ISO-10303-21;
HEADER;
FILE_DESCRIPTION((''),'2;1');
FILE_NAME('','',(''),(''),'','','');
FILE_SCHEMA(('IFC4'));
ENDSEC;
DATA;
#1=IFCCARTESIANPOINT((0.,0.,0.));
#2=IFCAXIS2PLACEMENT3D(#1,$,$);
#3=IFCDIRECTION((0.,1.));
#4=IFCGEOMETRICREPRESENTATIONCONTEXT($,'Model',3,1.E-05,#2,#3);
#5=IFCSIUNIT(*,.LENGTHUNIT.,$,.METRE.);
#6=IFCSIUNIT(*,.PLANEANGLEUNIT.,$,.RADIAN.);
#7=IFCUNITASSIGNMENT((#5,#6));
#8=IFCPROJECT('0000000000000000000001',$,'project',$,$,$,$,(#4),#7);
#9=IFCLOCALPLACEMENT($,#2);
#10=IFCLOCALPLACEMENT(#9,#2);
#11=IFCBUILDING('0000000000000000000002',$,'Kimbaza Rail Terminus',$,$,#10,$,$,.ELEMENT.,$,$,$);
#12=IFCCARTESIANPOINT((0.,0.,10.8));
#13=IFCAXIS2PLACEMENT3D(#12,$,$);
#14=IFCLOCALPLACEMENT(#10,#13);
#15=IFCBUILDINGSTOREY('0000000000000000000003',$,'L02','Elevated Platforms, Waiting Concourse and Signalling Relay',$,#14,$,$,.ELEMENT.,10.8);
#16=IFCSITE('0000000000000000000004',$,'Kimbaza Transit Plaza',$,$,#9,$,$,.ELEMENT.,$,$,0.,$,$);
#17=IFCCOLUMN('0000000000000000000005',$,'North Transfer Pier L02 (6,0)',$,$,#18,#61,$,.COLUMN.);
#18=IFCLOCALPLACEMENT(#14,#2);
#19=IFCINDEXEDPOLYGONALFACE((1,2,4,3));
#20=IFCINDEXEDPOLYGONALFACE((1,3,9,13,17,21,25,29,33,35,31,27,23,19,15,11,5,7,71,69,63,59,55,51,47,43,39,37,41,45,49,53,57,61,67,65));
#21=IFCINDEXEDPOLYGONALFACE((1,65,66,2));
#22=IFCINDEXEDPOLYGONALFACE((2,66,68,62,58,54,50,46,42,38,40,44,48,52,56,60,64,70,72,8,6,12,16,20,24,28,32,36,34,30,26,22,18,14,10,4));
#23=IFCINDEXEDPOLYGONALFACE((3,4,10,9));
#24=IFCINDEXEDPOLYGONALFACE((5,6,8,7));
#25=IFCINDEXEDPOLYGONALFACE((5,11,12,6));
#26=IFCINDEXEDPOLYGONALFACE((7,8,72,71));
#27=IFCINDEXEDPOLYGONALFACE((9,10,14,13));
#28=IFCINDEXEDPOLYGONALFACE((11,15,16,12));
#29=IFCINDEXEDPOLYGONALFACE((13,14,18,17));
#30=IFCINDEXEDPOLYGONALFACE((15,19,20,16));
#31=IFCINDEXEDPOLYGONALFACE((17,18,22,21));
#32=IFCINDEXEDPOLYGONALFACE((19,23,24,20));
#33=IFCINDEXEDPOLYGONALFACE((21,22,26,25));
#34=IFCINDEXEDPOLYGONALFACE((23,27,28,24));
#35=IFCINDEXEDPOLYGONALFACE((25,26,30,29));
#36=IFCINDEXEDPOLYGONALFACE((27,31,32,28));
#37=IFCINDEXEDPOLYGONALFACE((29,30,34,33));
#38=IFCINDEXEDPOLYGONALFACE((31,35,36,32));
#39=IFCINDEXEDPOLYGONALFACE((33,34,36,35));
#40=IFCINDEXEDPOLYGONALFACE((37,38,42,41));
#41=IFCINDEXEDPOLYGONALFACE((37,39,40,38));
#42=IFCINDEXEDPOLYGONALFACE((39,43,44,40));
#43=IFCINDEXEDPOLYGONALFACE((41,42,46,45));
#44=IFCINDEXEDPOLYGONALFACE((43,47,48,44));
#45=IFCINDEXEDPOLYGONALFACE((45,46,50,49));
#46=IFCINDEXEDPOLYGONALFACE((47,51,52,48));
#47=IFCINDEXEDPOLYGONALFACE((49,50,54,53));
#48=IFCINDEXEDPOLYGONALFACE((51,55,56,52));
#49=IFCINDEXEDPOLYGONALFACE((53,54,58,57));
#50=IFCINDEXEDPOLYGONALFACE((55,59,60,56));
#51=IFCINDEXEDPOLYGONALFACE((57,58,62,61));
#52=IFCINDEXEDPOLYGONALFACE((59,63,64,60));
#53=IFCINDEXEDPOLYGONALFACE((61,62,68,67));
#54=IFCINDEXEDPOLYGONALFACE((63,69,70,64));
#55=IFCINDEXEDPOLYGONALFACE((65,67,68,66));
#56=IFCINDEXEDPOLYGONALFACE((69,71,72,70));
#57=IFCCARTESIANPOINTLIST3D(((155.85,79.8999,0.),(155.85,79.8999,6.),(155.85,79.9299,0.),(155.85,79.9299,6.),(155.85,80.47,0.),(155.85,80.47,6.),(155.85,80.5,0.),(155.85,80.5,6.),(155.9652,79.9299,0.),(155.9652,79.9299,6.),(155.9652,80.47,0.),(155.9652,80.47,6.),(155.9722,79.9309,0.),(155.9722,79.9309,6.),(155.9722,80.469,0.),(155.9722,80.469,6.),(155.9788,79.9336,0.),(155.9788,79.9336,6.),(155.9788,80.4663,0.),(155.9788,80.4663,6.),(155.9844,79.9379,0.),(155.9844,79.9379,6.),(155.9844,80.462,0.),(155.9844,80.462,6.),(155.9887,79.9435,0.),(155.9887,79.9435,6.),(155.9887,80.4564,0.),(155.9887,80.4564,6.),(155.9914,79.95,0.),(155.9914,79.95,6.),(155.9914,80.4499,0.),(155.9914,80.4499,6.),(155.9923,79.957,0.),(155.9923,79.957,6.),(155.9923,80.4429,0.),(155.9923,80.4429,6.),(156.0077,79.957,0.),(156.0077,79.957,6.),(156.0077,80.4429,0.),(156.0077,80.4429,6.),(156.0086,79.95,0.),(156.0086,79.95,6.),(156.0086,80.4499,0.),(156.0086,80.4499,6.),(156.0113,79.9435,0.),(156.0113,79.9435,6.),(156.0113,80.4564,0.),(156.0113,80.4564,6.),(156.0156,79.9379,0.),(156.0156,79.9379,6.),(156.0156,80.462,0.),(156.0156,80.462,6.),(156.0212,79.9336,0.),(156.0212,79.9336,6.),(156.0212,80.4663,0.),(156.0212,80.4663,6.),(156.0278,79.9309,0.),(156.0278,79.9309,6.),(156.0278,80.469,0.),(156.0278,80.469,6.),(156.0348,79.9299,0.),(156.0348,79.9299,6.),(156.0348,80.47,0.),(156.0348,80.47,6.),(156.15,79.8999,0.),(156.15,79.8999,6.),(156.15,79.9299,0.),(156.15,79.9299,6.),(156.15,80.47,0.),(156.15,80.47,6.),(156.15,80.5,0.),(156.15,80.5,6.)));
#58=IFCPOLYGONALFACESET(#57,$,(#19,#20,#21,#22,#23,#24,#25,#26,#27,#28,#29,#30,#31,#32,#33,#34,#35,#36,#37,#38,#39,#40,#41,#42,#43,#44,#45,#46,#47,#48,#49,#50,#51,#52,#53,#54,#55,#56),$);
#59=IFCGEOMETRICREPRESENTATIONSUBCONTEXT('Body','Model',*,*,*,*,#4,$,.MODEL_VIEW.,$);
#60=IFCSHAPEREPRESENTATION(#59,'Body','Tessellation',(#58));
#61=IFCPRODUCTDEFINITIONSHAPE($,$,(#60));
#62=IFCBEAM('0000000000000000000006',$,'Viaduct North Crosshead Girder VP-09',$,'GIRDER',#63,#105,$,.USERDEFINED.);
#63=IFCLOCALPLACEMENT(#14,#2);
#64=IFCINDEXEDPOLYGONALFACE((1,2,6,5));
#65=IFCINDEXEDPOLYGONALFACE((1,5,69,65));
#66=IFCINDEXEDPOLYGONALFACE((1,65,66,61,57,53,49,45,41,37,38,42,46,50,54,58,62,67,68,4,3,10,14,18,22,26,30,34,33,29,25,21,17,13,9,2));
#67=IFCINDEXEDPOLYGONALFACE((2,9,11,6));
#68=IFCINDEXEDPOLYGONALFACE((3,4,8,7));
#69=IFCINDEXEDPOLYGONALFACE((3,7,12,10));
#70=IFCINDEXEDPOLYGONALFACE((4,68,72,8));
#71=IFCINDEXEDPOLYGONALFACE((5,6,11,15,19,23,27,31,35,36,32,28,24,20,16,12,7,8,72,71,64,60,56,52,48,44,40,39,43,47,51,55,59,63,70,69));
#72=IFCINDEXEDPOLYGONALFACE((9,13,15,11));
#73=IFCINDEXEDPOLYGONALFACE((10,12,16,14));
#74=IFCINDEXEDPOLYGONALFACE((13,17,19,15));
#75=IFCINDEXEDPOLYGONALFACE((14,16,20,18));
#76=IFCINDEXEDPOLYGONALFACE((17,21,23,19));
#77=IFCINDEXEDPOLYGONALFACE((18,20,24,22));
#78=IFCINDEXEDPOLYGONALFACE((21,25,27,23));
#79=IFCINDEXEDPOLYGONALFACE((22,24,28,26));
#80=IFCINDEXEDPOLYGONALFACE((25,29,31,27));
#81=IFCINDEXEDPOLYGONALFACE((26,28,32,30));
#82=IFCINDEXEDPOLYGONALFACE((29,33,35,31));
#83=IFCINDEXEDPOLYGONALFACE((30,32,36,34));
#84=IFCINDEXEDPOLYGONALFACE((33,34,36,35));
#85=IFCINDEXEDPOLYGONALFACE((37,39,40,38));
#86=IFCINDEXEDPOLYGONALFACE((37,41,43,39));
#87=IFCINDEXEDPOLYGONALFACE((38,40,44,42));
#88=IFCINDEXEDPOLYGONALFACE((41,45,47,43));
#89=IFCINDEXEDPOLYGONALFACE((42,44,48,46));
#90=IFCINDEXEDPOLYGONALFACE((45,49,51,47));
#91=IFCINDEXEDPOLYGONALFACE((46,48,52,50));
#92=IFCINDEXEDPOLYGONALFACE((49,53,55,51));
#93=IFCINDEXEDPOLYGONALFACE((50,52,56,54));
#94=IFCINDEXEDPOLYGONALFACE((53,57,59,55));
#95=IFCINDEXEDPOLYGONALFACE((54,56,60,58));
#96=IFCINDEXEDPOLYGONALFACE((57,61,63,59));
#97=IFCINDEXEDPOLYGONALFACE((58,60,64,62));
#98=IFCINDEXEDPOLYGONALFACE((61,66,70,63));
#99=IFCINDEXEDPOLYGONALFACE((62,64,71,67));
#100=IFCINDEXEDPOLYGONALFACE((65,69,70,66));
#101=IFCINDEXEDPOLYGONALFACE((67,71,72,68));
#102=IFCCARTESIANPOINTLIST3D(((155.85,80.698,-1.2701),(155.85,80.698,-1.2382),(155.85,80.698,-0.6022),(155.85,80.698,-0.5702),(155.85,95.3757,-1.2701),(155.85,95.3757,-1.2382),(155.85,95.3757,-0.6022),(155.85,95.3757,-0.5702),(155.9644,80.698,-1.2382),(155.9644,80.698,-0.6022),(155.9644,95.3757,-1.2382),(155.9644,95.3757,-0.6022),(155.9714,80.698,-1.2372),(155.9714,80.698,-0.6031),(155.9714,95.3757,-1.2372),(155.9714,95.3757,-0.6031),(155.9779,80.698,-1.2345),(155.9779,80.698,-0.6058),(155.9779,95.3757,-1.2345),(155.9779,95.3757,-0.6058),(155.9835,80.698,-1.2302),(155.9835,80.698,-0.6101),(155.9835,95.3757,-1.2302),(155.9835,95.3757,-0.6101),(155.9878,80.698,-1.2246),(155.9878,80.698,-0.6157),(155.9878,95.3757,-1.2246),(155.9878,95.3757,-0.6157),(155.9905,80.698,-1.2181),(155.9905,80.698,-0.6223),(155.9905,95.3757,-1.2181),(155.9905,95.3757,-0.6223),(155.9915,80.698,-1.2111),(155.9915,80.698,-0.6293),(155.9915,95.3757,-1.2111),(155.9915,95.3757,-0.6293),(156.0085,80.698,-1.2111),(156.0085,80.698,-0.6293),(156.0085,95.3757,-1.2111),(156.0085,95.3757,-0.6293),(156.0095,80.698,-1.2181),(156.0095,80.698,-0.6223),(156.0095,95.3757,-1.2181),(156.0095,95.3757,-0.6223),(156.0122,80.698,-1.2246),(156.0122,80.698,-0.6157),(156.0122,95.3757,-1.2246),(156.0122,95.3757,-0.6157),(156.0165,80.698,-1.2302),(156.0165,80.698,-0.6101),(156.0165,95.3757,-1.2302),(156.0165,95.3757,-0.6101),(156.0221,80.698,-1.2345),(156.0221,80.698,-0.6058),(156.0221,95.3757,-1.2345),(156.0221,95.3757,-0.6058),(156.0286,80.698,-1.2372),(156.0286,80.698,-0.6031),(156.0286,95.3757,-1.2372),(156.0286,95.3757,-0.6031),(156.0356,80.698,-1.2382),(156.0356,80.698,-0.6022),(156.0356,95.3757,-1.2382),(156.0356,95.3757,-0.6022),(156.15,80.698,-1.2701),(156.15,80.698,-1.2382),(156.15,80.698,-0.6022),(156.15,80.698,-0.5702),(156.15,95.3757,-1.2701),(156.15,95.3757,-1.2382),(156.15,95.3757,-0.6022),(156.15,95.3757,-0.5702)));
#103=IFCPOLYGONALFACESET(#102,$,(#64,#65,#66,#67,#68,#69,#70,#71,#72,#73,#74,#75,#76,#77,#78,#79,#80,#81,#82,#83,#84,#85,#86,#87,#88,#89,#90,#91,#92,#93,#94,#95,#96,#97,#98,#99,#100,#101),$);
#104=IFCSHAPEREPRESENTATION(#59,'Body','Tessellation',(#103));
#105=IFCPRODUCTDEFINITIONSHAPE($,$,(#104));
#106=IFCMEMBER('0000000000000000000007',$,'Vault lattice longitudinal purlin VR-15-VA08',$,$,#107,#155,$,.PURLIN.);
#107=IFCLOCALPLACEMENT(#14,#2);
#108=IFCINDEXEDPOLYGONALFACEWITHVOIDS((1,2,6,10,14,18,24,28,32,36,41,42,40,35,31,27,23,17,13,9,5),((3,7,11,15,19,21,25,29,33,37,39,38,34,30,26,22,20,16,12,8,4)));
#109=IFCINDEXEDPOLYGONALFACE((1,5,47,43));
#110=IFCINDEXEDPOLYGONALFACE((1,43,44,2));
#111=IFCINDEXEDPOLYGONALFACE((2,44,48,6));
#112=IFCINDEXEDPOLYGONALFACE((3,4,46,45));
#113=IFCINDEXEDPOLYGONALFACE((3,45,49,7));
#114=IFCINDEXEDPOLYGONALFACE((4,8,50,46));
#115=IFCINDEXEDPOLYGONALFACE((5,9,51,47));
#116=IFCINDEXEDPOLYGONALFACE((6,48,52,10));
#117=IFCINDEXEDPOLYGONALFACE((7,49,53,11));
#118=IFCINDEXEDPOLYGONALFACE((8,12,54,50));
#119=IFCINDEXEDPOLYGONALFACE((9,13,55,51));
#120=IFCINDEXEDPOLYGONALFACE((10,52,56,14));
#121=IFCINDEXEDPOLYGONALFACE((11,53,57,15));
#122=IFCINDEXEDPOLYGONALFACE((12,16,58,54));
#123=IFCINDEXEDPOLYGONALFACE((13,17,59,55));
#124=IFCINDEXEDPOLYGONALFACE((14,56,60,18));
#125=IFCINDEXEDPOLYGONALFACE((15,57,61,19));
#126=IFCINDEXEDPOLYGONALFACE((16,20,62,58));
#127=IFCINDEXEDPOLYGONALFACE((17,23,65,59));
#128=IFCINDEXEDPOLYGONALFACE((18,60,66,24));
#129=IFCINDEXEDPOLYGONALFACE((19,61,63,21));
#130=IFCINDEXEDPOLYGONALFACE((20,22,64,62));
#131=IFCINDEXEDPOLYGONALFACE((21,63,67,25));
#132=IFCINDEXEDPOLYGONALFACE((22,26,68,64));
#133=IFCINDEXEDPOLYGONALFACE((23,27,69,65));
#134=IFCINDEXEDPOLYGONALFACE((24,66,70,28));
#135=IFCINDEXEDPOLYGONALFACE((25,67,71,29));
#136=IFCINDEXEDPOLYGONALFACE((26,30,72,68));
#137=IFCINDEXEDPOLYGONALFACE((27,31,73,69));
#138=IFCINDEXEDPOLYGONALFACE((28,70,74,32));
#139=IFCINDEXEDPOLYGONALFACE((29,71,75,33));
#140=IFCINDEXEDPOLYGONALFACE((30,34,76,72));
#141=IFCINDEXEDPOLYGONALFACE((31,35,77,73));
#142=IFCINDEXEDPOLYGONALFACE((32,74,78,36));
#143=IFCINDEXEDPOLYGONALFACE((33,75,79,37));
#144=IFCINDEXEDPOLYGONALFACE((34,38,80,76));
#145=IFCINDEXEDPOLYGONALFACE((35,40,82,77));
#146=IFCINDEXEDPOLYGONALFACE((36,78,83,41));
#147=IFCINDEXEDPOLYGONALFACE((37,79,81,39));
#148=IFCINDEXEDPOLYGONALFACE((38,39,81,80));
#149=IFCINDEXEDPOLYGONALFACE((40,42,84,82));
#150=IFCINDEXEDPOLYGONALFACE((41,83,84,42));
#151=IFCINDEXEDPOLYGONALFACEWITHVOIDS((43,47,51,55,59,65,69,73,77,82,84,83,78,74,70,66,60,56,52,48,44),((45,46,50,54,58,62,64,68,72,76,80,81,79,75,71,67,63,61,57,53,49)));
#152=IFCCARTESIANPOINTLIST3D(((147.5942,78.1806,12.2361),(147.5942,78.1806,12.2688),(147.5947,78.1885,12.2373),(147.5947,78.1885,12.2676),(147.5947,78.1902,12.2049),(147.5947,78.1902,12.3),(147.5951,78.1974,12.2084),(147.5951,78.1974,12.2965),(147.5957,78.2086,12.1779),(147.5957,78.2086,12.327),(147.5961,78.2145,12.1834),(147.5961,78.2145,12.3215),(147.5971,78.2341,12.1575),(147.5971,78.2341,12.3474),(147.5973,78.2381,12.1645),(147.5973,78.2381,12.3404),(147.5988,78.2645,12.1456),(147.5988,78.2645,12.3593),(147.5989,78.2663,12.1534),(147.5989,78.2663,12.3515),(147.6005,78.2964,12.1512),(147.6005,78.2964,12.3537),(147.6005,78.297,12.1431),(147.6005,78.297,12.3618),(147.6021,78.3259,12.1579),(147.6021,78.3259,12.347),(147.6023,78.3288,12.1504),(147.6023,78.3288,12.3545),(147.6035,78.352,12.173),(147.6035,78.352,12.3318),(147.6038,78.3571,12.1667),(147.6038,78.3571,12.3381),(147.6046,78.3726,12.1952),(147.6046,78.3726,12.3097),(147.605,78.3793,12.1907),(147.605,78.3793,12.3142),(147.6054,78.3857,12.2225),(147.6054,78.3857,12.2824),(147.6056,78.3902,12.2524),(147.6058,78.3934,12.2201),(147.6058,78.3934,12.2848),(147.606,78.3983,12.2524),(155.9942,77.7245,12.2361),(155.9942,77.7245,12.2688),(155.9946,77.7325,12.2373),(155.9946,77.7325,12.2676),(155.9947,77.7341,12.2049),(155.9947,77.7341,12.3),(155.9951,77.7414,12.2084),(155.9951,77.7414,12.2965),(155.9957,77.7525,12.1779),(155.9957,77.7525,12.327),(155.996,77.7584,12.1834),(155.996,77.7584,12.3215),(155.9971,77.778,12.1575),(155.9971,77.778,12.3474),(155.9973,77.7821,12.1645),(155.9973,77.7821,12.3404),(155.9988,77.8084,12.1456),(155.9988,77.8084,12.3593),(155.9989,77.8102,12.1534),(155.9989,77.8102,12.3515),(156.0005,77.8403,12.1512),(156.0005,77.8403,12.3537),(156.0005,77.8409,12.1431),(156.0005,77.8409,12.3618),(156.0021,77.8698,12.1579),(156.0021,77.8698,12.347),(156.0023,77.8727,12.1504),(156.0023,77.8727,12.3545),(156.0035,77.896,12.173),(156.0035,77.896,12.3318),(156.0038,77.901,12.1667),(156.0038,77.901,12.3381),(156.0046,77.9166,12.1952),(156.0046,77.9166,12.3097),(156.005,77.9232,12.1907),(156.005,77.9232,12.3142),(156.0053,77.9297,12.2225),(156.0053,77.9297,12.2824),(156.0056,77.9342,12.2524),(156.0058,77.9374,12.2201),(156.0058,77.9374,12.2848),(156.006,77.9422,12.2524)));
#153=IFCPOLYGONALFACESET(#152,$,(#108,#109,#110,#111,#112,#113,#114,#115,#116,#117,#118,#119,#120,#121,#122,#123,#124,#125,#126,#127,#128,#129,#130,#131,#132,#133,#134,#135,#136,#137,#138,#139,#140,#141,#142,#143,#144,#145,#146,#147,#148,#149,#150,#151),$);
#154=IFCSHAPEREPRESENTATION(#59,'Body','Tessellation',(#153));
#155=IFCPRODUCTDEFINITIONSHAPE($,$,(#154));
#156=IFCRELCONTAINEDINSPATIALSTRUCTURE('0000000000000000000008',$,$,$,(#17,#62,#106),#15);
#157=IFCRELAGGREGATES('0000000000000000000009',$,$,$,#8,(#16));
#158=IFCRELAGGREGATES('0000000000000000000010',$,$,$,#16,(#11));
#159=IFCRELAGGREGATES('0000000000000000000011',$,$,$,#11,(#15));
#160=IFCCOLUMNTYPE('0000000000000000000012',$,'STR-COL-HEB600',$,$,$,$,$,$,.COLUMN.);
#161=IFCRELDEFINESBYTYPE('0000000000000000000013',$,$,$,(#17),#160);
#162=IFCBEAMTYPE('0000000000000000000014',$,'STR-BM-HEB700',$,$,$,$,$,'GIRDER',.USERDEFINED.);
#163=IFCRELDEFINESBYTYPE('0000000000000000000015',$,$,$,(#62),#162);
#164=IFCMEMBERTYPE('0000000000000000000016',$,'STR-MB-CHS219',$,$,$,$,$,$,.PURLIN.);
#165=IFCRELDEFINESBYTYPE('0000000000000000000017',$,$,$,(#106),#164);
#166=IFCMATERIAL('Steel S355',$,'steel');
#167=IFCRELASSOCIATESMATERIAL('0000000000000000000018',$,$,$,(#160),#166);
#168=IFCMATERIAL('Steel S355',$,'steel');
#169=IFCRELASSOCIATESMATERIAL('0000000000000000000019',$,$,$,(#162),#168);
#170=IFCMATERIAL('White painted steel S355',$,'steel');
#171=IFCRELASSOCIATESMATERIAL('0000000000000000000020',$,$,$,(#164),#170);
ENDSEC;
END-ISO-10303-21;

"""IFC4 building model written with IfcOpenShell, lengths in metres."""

from ifc_helpers import new_model, si_unit, direction, frame, origin, origin_2d, place, context, subcontext, project, spatial, hollow_circle, i_section, extrude, material, material_profile, profile_set, type_object, element, save


model = new_model("IFC4")

# Units and contexts
model_context = context("Model", 3, precision=1e-05, world=origin(), true_north=direction((0.0, 1.0)))
body_context = subcontext(model_context, "Body", "Model", "MODEL_VIEW")
ifc_project = project(units=[si_unit("LENGTHUNIT", "METRE"), si_unit("PLANEANGLEUNIT", "RADIAN")], contexts=[model_context])

# Site, building, storey
site_placement = place(None, origin())
site = spatial("IfcSite", under=ifc_project, at=site_placement, Name="Kimbaza Transit Plaza", CompositionType="ELEMENT", RefElevation=0.0)
building_placement = place(site_placement, origin())
building = spatial("IfcBuilding", under=site, at=building_placement, Name="Kimbaza Rail Terminus", CompositionType="ELEMENT")
storey_placement = place(building_placement, frame((0.0, 0.0, 10.8)))
storey = spatial("IfcBuildingStorey", under=building, at=storey_placement, Name="L02", Description="Elevated Platforms, Waiting Concourse and Signalling Relay", CompositionType="ELEMENT", Elevation=10.8)

# Column
ifc_material_1 = material(Name="Steel S355", Category="steel")
ifc_material_profile_1 = material_profile(ifc_material_1, i_section(OverallWidth=0.3, OverallDepth=0.6001, WebThickness=0.0154, FlangeThickness=0.03, FilletRadius=0.0271, at=origin_2d()), Name="HEB 600")
ifc_profile_set_1 = profile_set([ifc_material_profile_1], Name="Steel S355")
column_type = type_object("IfcColumnType", Name="STR-COL-HEB600", PredefinedType="COLUMN", material=ifc_profile_set_1)
column_placement = place(storey_placement, frame((156.0, 80.2, 0.0), z_axis=(0.0, 0.0, 1.0), x_axis=(1.0, 0.0, 0.0)))
element("IfcColumn", 1, at=column_placement, inside=storey, type_object=column_type, Name="North Transfer Pier L02 (6,0)", PredefinedType="COLUMN", context=body_context, shape_type="SweptSolid", body=[
    extrude(i_section(OverallWidth=0.3, OverallDepth=0.6001, WebThickness=0.0154, FlangeThickness=0.03, FilletRadius=0.0271, at=origin_2d()), origin(), (0.0, 0.0, 1.0), 6.0),
])

# Beam
ifc_material_2 = material(Name="Steel S355", Category="steel")
ifc_material_profile_2 = material_profile(ifc_material_2, i_section(OverallWidth=0.3, OverallDepth=0.7, WebThickness=0.0171, FlangeThickness=0.032, FilletRadius=0.0271, at=origin_2d()), Name="HEB 700")
ifc_profile_set_2 = profile_set([ifc_material_profile_2], Name="Steel S355")
beam_type = type_object("IfcBeamType", Name="STR-BM-HEB700", ElementType="GIRDER", PredefinedType="USERDEFINED", material=ifc_profile_set_2)
beam_placement = place(storey_placement, frame((156.0, 80.698, -0.9202), z_axis=(0.0, 1.0, 0.0), x_axis=(-1.0, 0.0, 0.0)))
element("IfcBeam", 2, at=beam_placement, inside=storey, type_object=beam_type, Name="Viaduct North Crosshead Girder VP-09", ObjectType="GIRDER", PredefinedType="USERDEFINED", context=body_context, shape_type="SweptSolid", body=[
    extrude(i_section(OverallWidth=0.3, OverallDepth=0.7, WebThickness=0.0171, FlangeThickness=0.032, FilletRadius=0.0271, at=origin_2d()), origin(), (0.0, 0.0, 1.0), 14.6777),
])

# Member
ifc_material_3 = material(Name="White painted steel S355", Category="steel")
ifc_material_profile_3 = material_profile(ifc_material_3, hollow_circle(Radius=0.1096, WallThickness=0.0081, at=origin_2d()), Name="CHS 219.1x8")
ifc_profile_set_3 = profile_set([ifc_material_profile_3], Name="White painted steel S355")
member_type_1 = type_object("IfcMemberType", Name="STR-MB-CHS219", PredefinedType="PURLIN", material=ifc_profile_set_3)
for number, where, z_axis, x_axis, name in (
    (3, (147.6001, 78.2888, 12.2524), (0.998529, -0.054213, 0.0), (0.054213, 0.998529, 0.0), "Vault lattice longitudinal purlin VR-15-VA08"),
):
    element("IfcMember", number, at=place(storey_placement, frame(where, z_axis=z_axis, x_axis=x_axis)), inside=storey, type_object=member_type_1, Name=name, PredefinedType="PURLIN", context=body_context, shape_type="SweptSolid", body=[
        extrude(hollow_circle(Radius=0.1096, WallThickness=0.0081, at=origin_2d()), origin(), (0.0, 0.0, 1.0), 8.4124),
    ])

save(model, "model.ifc")
